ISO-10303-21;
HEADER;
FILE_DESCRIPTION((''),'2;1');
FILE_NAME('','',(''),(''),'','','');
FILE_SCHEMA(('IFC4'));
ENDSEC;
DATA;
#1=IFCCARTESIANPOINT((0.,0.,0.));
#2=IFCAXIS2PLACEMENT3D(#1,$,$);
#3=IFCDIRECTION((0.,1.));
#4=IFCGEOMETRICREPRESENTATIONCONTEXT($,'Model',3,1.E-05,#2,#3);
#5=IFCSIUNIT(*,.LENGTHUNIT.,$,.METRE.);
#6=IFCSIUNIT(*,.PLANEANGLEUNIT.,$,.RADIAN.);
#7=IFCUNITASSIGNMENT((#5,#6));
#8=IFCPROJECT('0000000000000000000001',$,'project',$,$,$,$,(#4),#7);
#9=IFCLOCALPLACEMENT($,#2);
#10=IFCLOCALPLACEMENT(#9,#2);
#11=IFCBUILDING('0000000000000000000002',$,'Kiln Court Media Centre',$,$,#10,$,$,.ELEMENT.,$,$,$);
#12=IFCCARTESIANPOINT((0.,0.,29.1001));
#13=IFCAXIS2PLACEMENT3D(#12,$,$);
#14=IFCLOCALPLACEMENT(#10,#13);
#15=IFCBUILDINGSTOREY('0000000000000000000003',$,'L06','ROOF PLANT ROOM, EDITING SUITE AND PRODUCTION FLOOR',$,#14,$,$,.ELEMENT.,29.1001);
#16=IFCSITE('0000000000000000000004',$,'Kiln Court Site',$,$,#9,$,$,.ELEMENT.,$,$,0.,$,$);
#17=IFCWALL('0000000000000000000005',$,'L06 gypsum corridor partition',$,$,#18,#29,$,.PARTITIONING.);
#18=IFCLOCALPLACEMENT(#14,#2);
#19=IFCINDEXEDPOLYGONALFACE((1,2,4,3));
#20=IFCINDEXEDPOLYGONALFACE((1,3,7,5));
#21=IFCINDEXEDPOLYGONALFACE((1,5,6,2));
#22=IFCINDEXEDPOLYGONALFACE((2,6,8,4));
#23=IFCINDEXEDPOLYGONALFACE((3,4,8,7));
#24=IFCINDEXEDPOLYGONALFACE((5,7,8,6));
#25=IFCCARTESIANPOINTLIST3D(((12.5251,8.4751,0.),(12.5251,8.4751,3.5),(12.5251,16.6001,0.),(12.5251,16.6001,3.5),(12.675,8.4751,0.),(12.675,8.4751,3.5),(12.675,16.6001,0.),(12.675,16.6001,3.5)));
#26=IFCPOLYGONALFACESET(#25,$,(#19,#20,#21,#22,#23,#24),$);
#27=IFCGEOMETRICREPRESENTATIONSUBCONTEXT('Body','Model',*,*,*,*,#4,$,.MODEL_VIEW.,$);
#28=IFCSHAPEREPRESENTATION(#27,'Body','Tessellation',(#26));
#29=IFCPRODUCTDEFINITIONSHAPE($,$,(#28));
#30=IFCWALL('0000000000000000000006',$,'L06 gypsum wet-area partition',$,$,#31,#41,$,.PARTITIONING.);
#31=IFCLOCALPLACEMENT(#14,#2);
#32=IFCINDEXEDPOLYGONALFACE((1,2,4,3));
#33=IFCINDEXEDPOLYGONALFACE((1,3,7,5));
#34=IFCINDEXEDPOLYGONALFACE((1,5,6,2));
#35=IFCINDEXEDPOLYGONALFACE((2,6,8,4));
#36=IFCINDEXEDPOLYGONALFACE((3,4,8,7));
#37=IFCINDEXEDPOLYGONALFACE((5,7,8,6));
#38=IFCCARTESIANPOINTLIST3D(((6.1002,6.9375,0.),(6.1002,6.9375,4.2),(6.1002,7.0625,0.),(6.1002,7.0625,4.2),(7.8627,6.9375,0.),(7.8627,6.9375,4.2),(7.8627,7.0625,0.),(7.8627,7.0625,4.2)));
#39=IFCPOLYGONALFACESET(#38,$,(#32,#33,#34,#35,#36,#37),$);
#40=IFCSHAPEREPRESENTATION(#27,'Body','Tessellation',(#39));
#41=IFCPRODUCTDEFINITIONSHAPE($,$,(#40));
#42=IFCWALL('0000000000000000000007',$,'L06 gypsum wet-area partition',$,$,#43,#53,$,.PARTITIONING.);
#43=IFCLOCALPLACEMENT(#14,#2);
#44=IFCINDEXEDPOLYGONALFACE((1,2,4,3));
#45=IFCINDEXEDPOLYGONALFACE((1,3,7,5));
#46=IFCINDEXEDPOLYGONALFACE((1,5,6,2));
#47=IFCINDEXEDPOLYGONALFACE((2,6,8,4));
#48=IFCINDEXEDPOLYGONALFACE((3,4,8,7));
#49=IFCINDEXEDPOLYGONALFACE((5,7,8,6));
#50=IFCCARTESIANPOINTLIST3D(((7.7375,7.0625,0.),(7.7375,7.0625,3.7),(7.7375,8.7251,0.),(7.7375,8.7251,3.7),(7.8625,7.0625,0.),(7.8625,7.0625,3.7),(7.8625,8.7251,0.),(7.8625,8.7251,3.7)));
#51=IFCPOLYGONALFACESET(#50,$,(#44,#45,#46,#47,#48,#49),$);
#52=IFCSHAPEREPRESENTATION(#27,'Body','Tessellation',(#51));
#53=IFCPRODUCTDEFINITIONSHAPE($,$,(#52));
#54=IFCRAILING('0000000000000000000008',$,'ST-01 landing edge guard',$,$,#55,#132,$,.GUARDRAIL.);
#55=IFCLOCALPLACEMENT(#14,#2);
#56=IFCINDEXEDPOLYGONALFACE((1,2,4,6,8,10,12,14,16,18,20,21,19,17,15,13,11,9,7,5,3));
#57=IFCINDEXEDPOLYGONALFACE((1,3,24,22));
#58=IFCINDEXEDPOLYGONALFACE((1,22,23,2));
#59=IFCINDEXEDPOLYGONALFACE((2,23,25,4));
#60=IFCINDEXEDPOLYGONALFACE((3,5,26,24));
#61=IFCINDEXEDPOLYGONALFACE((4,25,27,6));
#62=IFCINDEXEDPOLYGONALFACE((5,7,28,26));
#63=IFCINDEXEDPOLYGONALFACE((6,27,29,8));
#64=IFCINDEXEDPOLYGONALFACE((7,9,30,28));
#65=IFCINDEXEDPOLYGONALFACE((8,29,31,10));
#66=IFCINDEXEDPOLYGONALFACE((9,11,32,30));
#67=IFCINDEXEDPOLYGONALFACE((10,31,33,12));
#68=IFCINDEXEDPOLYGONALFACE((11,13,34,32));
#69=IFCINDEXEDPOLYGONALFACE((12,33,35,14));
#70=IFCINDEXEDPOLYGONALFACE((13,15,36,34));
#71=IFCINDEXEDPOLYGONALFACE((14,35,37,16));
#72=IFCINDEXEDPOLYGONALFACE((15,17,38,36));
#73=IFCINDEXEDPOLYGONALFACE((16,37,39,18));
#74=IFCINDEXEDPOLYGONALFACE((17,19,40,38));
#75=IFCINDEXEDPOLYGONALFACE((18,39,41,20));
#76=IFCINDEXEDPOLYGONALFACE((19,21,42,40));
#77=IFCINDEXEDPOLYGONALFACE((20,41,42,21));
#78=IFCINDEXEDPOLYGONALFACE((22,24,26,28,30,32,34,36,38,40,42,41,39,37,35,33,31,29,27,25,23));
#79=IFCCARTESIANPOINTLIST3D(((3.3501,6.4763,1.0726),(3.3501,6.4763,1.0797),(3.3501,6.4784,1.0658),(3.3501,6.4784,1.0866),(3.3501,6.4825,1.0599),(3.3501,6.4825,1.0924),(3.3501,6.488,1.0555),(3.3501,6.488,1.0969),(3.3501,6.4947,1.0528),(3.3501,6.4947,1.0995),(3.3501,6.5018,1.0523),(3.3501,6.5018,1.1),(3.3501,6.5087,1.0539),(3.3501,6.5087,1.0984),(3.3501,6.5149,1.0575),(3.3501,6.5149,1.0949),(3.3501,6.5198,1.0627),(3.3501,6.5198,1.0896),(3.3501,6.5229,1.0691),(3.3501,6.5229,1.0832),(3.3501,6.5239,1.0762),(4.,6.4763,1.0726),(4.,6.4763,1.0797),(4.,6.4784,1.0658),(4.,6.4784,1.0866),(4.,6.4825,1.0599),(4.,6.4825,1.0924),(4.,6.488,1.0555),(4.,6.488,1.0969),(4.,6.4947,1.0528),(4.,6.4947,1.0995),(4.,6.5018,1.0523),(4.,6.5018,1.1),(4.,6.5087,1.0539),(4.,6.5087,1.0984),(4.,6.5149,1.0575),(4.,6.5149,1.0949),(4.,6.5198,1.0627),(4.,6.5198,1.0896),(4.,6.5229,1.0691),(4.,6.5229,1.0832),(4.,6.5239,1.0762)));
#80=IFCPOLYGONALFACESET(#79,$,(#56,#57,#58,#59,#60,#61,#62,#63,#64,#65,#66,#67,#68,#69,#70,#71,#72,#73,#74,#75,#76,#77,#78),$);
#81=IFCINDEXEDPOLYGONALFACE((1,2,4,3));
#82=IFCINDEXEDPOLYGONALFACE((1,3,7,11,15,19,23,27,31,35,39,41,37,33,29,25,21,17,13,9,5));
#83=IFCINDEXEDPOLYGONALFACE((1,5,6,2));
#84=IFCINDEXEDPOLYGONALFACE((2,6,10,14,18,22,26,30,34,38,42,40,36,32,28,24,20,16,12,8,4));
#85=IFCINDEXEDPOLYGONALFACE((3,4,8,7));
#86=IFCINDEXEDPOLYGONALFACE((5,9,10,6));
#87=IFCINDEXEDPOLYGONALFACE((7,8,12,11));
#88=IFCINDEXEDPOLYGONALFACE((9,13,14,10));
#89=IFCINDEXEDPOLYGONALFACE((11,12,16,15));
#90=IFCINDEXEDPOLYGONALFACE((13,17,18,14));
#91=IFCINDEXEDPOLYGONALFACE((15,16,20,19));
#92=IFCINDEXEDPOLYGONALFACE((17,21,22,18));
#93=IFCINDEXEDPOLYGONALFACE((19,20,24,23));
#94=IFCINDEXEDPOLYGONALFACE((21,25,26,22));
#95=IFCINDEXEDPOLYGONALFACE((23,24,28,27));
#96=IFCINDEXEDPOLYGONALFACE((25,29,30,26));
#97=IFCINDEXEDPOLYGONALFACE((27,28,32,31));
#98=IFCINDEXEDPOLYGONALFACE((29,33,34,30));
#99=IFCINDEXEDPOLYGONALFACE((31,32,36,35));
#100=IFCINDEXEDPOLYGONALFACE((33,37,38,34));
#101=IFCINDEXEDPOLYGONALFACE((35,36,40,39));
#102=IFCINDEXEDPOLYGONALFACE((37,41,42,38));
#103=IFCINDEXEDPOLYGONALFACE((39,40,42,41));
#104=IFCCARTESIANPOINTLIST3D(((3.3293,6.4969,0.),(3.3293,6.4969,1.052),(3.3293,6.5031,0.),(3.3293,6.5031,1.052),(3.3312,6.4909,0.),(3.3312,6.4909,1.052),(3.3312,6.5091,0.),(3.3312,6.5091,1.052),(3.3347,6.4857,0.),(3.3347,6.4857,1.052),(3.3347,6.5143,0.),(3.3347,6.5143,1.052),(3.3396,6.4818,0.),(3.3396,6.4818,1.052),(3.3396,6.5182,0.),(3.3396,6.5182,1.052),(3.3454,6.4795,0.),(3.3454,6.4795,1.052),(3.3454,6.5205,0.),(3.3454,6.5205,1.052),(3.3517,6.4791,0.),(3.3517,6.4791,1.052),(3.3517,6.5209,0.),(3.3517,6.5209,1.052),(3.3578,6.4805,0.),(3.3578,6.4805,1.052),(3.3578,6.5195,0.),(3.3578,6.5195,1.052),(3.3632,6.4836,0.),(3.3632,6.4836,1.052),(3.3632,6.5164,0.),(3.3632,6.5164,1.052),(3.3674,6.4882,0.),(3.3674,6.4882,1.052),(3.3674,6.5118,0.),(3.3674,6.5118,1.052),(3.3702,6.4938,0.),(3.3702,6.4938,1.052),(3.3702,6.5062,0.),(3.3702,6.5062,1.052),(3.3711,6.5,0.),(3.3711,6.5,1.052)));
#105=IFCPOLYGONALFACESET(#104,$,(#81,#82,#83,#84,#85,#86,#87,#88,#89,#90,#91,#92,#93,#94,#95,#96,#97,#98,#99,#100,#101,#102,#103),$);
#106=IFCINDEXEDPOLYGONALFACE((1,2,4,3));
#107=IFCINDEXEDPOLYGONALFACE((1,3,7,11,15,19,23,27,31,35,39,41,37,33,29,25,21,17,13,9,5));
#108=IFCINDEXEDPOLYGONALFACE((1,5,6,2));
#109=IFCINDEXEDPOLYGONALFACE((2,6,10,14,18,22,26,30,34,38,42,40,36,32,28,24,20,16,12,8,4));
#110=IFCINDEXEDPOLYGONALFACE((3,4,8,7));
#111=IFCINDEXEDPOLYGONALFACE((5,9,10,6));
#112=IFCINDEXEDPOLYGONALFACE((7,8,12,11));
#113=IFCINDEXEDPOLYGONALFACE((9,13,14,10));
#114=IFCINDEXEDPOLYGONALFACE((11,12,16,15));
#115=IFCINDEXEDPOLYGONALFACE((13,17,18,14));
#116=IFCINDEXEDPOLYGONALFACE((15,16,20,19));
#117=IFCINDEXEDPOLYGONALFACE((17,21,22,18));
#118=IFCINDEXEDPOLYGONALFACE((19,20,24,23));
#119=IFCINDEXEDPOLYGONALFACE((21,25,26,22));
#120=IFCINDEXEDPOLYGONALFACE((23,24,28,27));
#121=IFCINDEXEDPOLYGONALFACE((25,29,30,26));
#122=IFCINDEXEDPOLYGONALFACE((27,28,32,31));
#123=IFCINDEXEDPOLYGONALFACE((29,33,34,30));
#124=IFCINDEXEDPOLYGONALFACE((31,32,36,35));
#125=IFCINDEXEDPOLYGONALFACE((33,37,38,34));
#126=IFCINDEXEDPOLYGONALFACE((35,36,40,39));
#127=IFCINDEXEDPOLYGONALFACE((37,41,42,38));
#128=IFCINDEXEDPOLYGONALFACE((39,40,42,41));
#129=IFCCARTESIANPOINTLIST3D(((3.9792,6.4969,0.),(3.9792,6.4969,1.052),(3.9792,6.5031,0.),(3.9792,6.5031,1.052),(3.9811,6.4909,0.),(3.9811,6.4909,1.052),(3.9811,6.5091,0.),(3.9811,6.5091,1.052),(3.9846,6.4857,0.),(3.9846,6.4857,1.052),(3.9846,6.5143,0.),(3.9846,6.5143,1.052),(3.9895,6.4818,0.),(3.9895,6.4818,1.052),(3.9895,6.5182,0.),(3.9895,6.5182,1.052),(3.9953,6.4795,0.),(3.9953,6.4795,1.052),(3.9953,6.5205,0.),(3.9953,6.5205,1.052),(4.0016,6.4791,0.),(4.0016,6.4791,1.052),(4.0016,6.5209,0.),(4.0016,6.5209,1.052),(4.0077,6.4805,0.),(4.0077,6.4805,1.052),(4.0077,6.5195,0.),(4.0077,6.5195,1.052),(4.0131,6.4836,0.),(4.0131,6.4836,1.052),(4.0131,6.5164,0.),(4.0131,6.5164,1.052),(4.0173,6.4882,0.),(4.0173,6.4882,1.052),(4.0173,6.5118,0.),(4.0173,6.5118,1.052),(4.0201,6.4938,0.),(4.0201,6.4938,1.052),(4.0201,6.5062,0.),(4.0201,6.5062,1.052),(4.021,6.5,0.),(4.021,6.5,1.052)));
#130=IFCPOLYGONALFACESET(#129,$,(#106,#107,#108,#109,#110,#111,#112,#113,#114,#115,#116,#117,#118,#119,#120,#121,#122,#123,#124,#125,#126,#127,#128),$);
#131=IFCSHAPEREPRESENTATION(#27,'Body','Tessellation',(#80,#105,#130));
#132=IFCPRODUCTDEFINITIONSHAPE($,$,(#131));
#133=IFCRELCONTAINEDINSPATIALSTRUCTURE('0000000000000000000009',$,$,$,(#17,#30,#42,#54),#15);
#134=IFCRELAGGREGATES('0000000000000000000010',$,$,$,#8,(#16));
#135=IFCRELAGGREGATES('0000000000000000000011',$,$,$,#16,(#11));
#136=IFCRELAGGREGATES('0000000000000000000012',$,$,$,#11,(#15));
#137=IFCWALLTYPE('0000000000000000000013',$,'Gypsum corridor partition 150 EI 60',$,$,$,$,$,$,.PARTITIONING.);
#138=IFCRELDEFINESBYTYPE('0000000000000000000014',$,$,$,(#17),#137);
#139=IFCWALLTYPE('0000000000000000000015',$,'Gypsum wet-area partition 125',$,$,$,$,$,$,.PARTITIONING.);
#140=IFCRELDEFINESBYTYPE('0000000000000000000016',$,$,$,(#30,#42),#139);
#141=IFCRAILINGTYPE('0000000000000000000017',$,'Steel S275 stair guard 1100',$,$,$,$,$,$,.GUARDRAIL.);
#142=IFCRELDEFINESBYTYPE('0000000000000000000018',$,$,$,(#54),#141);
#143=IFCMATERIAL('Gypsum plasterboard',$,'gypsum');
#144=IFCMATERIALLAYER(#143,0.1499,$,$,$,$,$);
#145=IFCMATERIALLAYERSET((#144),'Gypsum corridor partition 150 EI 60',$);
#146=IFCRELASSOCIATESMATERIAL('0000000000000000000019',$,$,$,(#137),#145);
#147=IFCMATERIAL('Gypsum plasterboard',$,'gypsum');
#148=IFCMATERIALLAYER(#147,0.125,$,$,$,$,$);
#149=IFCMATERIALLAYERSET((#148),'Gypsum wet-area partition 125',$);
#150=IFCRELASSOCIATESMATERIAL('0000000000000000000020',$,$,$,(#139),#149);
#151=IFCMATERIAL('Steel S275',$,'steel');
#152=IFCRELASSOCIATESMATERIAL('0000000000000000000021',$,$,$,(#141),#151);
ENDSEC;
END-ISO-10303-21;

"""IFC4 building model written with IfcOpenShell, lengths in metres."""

from ifc_helpers import new_model, si_unit, direction, frame, frame_2d, origin, origin_2d, place, context, subcontext, project, spatial, rectangle, circle, extrude, material, layer, layer_set, type_object, element, save


model = new_model("IFC4")

# Units and contexts
model_context = context("Model", 3, precision=1e-05, world=origin(), true_north=direction((0.0, 1.0)))
body_context = subcontext(model_context, "Body", "Model", "MODEL_VIEW")
ifc_project = project(units=[si_unit("LENGTHUNIT", "METRE"), si_unit("PLANEANGLEUNIT", "RADIAN")], contexts=[model_context])

# Site, building, storey
site_placement = place(None, origin())
site = spatial("IfcSite", under=ifc_project, at=site_placement, Name="Kiln Court Site", CompositionType="ELEMENT", RefElevation=0.0)
building_placement = place(site_placement, origin())
building = spatial("IfcBuilding", under=site, at=building_placement, Name="Kiln Court Media Centre", CompositionType="ELEMENT")
storey_placement = place(building_placement, frame((0.0, 0.0, 29.1001)))
storey = spatial("IfcBuildingStorey", under=building, at=storey_placement, Name="L06", Description="ROOF PLANT ROOM, EDITING SUITE AND PRODUCTION FLOOR", CompositionType="ELEMENT", Elevation=29.1001)

# Shared definitions
ifc_material_1 = material(Name="Gypsum plasterboard", Category="gypsum")
ifc_layer_1 = layer(ifc_material_1, 0.1499)
ifc_layer_set_1 = layer_set([ifc_layer_1], Name="Gypsum corridor partition 150 EI 60")
wall_type_1 = type_object("IfcWallType", Name="Gypsum corridor partition 150 EI 60", PredefinedType="PARTITIONING", material=ifc_layer_set_1)

# Walls
wall_1_placement = place(storey_placement, frame((12.6001, 8.4751, 0.0), z_axis=(0.0, 0.0, 1.0), x_axis=(0.0, 1.0, 0.0)))
element("IfcWall", 1, at=wall_1_placement, inside=storey, type_object=wall_type_1, Name="L06 gypsum corridor partition", PredefinedType="PARTITIONING", context=body_context, shape_type="SweptSolid", body=[
    extrude(rectangle(XDim=8.125, YDim=0.1499, at=frame_2d((4.0625, 0.0))), origin(), (0.0, 0.0, 1.0), 3.5),
])
ifc_material_2 = material(Name="Gypsum plasterboard", Category="gypsum")
ifc_layer_2 = layer(ifc_material_2, 0.125)
ifc_layer_set_2 = layer_set([ifc_layer_2], Name="Gypsum wet-area partition 125")
wall_type_2 = type_object("IfcWallType", Name="Gypsum wet-area partition 125", PredefinedType="PARTITIONING", material=ifc_layer_set_2)
wall_2_placement = place(storey_placement, frame((6.1001, 7.0, 0.0), z_axis=(0.0, 0.0, 1.0), x_axis=(1.0, 0.0, 0.0)))
element("IfcWall", 2, at=wall_2_placement, inside=storey, type_object=wall_type_2, Name="L06 gypsum wet-area partition", PredefinedType="PARTITIONING", context=body_context, shape_type="SweptSolid", body=[
    extrude(rectangle(XDim=1.7625, YDim=0.125, at=frame_2d((0.8813, 0.0))), origin(), (0.0, 0.0, 1.0), 4.2),
])
wall_3_placement = place(storey_placement, frame((7.8, 7.0625, 0.0), z_axis=(0.0, 0.0, 1.0), x_axis=(0.0, 1.0, 0.0)))
element("IfcWall", 3, at=wall_3_placement, inside=storey, type_object=wall_type_2, Name="L06 gypsum wet-area partition", PredefinedType="PARTITIONING", context=body_context, shape_type="SweptSolid", body=[
    extrude(rectangle(XDim=1.6626, YDim=0.125, at=frame_2d((0.8313, 0.0))), origin(), (0.0, 0.0, 1.0), 3.7),
])

# Railing
ifc_material_3 = material(Name="Steel S275", Category="steel")
railing_type = type_object("IfcRailingType", Name="Steel S275 stair guard 1100", PredefinedType="GUARDRAIL", material=ifc_material_3)
railing_placement = place(storey_placement, frame((3.3501, 6.5, 0.0)))
element("IfcRailing", 4, at=railing_placement, inside=storey, type_object=railing_type, Name="ST-01 landing edge guard", PredefinedType="GUARDRAIL", context=body_context, shape_type="SweptSolid", body=[
    extrude(circle(Radius=0.0239, at=origin_2d()), frame((0.0, 0.0, 1.0762), z_axis=(1.0, 0.0, 0.0), x_axis=(0.0, 1.0, 0.0)), (0.0, 0.0, 1.0), 0.6499),
    extrude(circle(Radius=0.021, at=origin_2d()), origin(), (0.0, 0.0, 1.0), 1.052),
    extrude(circle(Radius=0.021, at=origin_2d()), frame((0.6499, 0.0, 0.0)), (0.0, 0.0, 1.0), 1.052),
])

save(model, "model.ifc")
